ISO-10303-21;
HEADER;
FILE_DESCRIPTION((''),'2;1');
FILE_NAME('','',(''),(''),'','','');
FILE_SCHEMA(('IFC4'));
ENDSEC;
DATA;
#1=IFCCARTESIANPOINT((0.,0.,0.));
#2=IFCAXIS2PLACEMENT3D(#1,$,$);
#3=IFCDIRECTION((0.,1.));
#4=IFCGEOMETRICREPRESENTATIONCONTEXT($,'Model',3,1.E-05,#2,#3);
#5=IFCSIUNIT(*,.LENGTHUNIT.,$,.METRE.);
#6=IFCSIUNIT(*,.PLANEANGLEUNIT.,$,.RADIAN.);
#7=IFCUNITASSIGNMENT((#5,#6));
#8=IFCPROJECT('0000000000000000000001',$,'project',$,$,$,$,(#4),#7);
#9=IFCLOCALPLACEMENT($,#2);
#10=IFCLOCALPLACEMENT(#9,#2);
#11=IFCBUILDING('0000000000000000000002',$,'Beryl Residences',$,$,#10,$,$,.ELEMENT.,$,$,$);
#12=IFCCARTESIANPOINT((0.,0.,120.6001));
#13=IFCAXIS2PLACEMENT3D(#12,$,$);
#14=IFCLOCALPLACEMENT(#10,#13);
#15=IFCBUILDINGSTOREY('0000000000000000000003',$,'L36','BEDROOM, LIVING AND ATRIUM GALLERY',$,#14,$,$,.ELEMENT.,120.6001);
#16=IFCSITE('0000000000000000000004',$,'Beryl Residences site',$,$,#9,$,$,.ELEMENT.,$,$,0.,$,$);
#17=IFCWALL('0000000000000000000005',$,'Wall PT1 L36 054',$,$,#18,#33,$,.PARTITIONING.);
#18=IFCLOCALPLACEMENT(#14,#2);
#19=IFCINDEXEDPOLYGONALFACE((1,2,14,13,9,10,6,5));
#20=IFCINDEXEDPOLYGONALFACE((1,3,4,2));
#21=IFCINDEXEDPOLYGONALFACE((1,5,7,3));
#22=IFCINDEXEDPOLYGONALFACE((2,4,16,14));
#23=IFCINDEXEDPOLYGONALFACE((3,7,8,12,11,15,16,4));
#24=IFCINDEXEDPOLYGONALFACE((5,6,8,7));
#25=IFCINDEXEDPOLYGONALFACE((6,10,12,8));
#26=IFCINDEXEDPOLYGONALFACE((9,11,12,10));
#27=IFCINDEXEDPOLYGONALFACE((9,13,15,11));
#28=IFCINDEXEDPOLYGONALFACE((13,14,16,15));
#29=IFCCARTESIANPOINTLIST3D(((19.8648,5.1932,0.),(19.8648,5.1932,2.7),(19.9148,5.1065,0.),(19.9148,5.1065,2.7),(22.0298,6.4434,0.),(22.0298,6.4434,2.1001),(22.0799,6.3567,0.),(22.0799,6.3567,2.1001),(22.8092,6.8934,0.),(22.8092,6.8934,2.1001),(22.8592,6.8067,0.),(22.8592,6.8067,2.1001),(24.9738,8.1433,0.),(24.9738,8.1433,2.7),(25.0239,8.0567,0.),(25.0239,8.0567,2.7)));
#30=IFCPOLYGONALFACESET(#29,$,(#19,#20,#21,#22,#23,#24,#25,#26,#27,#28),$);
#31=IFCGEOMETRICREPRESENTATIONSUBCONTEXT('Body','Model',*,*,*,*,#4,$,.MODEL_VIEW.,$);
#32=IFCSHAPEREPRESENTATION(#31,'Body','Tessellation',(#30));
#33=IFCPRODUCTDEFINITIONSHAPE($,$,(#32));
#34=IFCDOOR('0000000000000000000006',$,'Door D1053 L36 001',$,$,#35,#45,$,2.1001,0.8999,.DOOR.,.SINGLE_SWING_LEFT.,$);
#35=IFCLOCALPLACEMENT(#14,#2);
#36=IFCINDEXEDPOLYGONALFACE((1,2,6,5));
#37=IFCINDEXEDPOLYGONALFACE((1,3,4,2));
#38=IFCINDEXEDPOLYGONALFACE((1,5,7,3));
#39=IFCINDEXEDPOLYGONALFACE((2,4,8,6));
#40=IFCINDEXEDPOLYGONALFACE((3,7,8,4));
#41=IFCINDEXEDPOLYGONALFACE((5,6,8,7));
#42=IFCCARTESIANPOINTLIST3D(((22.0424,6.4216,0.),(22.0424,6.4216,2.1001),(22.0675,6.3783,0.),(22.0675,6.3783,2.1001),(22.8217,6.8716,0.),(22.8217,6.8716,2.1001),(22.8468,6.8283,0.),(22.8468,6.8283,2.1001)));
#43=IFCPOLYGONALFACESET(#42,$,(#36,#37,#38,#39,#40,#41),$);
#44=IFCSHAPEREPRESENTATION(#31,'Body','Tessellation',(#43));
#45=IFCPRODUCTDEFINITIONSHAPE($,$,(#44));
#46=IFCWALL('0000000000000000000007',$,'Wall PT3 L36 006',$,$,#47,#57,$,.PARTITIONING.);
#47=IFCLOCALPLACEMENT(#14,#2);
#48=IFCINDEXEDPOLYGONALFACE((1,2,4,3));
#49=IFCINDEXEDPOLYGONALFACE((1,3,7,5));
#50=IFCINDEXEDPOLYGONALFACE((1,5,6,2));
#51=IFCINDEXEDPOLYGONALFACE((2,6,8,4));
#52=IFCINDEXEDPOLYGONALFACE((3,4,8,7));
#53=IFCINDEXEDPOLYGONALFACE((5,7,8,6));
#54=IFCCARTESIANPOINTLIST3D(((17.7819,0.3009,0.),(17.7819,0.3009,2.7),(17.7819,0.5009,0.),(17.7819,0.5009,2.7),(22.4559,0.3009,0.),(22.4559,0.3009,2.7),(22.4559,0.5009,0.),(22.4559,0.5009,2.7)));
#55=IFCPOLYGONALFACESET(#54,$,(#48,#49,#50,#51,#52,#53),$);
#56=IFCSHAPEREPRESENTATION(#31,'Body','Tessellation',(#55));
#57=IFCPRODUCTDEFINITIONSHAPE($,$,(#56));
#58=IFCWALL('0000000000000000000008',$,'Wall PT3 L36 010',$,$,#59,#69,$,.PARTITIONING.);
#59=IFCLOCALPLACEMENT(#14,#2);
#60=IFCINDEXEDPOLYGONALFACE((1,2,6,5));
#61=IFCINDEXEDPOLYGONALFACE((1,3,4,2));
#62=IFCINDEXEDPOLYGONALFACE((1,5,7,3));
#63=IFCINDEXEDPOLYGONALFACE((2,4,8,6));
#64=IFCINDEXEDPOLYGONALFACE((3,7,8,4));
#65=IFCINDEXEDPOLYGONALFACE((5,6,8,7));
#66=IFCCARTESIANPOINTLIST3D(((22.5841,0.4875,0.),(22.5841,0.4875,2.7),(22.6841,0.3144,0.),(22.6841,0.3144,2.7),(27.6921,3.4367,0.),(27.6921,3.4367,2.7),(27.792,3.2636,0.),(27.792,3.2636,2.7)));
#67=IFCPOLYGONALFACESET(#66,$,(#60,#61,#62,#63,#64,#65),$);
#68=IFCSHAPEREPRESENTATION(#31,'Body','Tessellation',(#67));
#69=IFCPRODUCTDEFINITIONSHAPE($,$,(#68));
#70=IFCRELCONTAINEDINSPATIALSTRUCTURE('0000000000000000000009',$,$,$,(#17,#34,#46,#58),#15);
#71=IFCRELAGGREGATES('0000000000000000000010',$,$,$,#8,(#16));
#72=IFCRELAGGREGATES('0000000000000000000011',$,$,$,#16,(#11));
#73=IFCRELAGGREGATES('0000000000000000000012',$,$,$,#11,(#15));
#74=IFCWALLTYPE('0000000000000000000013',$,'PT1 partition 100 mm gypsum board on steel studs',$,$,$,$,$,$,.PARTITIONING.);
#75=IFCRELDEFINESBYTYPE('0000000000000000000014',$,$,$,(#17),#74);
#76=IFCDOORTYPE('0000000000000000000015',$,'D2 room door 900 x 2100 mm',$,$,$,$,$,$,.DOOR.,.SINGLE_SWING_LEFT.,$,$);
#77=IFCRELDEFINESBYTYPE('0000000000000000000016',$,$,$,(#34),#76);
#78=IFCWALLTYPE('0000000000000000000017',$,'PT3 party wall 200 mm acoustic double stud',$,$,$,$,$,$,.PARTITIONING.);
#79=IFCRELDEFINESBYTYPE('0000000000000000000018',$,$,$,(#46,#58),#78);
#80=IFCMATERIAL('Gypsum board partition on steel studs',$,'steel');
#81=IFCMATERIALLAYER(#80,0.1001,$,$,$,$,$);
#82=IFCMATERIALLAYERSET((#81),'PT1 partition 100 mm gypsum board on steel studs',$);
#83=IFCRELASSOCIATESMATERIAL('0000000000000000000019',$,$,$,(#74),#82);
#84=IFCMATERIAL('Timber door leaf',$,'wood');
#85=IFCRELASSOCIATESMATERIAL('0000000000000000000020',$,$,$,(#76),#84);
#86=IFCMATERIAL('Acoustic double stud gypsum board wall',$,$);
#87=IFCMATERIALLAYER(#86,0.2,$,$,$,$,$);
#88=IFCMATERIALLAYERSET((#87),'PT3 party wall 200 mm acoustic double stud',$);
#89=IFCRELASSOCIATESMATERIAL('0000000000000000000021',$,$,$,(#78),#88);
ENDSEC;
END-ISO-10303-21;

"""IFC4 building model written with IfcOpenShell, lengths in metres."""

from ifc_helpers import new_model, si_unit, direction, frame, frame_2d, origin, place, context, subcontext, project, spatial, rectangle, extrude, material, layer, layer_set, type_object, element, fill, save


model = new_model("IFC4")

# Units and contexts
model_context = context("Model", 3, precision=1e-05, world=origin(), true_north=direction((0.0, 1.0)))
body_context = subcontext(model_context, "Body", "Model", "MODEL_VIEW")
ifc_project = project(units=[si_unit("LENGTHUNIT", "METRE"), si_unit("PLANEANGLEUNIT", "RADIAN")], contexts=[model_context])

# Site, building, storey
site_placement = place(None, origin())
site = spatial("IfcSite", under=ifc_project, at=site_placement, Name="Beryl Residences site", CompositionType="ELEMENT", RefElevation=0.0)
building_placement = place(site_placement, origin())
building = spatial("IfcBuilding", under=site, at=building_placement, Name="Beryl Residences", CompositionType="ELEMENT")
storey_placement = place(building_placement, frame((0.0, 0.0, 120.6001)))
storey = spatial("IfcBuildingStorey", under=building, at=storey_placement, Name="L36", Description="BEDROOM, LIVING AND ATRIUM GALLERY", CompositionType="ELEMENT", Elevation=120.6001)

# Wall, opening, door
ifc_material_1 = material(Name="Gypsum board partition on steel studs", Category="steel")
ifc_layer_1 = layer(ifc_material_1, 0.1001)
ifc_layer_set_1 = layer_set([ifc_layer_1], Name="PT1 partition 100 mm gypsum board on steel studs")
wall_type_1 = type_object("IfcWallType", Name="PT1 partition 100 mm gypsum board on steel studs", PredefinedType="PARTITIONING", material=ifc_layer_set_1)
ifc_material_2 = material(Name="Timber door leaf", Category="wood")
door_type_1 = type_object("IfcDoorType", Name="D2 room door 900 x 2100 mm", OperationType="SINGLE_SWING_LEFT", PredefinedType="DOOR", material=ifc_material_2)
wall_1_placement = place(storey_placement, frame((19.8899, 5.1499, 0.0), z_axis=(0.0, 0.0, 1.0), x_axis=(0.865993, 0.500056, 0.0)))
wall_1 = element("IfcWall", 1, at=wall_1_placement, inside=storey, type_object=wall_type_1, Name="Wall PT1 L36 054", PredefinedType="PARTITIONING", context=body_context, shape_type="SweptSolid", body=[
    extrude(rectangle(XDim=5.8997, YDim=0.1001, at=frame_2d((2.9497, 0.0))), origin(), (0.0, 0.0, 1.0), 2.7),
])
opening_1_placement = place(wall_1_placement, frame((2.5, 0.0, 0.0)))
opening_1 = element("IfcOpeningElement", 2, at=opening_1_placement, cuts=wall_1, PredefinedType="OPENING", context=body_context, shape_type="SweptSolid", body=[
    extrude(rectangle(XDim=0.8999, YDim=2.1001, at=frame_2d((0.45, 1.05))), frame((0.0, 0.0601, 0.0), z_axis=(0.0, -1.0, 0.0), x_axis=(1.0, 0.0, 0.0)), (0.0, 0.0, 1.0), 0.1201),
])
door_1_placement = place(opening_1_placement, origin())
door_1 = element("IfcDoor", 3, at=door_1_placement, inside=storey, type_object=door_type_1, Name="Door D1053 L36 001", OperationType="SINGLE_SWING_LEFT", OverallHeight=2.1001, OverallWidth=0.8999, PredefinedType="DOOR", context=body_context, shape_type="SweptSolid", body=[
    extrude(rectangle(XDim=0.8999, YDim=2.1001, at=frame_2d((0.45, 1.05))), frame((0.0, 0.0249, 0.0), z_axis=(0.0, -1.0, 0.0), x_axis=(1.0, 0.0, 0.0)), (0.0, 0.0, 1.0), 0.05),
])
fill(opening_1, door_1)

# Walls
ifc_material_3 = material(Name="Acoustic double stud gypsum board wall")
ifc_layer_2 = layer(ifc_material_3, 0.2)
ifc_layer_set_2 = layer_set([ifc_layer_2], Name="PT3 party wall 200 mm acoustic double stud")
wall_type_2 = type_object("IfcWallType", Name="PT3 party wall 200 mm acoustic double stud", PredefinedType="PARTITIONING", material=ifc_layer_set_2)
wall_2_placement = place(storey_placement, frame((17.782, 0.4009, 0.0), z_axis=(0.0, 0.0, 1.0), x_axis=(1.0, 0.0, 0.0)))
element("IfcWall", 4, at=wall_2_placement, inside=storey, type_object=wall_type_2, Name="Wall PT3 L36 006", PredefinedType="PARTITIONING", context=body_context, shape_type="SweptSolid", body=[
    extrude(rectangle(XDim=4.6741, YDim=0.2, at=frame_2d((2.3369, 0.0))), origin(), (0.0, 0.0, 1.0), 2.7),
])
wall_3_placement = place(storey_placement, frame((22.634, 0.4009, 0.0), z_axis=(0.0, 0.0, 1.0), x_axis=(0.866013, 0.500021, 0.0)))
element("IfcWall", 5, at=wall_3_placement, inside=storey, type_object=wall_type_2, Name="Wall PT3 L36 010", PredefinedType="PARTITIONING", context=body_context, shape_type="SweptSolid", body=[
    extrude(rectangle(XDim=5.8982, YDim=0.2, at=frame_2d((2.9492, 0.0))), origin(), (0.0, 0.0, 1.0), 2.7),
])

save(model, "model.ifc")
